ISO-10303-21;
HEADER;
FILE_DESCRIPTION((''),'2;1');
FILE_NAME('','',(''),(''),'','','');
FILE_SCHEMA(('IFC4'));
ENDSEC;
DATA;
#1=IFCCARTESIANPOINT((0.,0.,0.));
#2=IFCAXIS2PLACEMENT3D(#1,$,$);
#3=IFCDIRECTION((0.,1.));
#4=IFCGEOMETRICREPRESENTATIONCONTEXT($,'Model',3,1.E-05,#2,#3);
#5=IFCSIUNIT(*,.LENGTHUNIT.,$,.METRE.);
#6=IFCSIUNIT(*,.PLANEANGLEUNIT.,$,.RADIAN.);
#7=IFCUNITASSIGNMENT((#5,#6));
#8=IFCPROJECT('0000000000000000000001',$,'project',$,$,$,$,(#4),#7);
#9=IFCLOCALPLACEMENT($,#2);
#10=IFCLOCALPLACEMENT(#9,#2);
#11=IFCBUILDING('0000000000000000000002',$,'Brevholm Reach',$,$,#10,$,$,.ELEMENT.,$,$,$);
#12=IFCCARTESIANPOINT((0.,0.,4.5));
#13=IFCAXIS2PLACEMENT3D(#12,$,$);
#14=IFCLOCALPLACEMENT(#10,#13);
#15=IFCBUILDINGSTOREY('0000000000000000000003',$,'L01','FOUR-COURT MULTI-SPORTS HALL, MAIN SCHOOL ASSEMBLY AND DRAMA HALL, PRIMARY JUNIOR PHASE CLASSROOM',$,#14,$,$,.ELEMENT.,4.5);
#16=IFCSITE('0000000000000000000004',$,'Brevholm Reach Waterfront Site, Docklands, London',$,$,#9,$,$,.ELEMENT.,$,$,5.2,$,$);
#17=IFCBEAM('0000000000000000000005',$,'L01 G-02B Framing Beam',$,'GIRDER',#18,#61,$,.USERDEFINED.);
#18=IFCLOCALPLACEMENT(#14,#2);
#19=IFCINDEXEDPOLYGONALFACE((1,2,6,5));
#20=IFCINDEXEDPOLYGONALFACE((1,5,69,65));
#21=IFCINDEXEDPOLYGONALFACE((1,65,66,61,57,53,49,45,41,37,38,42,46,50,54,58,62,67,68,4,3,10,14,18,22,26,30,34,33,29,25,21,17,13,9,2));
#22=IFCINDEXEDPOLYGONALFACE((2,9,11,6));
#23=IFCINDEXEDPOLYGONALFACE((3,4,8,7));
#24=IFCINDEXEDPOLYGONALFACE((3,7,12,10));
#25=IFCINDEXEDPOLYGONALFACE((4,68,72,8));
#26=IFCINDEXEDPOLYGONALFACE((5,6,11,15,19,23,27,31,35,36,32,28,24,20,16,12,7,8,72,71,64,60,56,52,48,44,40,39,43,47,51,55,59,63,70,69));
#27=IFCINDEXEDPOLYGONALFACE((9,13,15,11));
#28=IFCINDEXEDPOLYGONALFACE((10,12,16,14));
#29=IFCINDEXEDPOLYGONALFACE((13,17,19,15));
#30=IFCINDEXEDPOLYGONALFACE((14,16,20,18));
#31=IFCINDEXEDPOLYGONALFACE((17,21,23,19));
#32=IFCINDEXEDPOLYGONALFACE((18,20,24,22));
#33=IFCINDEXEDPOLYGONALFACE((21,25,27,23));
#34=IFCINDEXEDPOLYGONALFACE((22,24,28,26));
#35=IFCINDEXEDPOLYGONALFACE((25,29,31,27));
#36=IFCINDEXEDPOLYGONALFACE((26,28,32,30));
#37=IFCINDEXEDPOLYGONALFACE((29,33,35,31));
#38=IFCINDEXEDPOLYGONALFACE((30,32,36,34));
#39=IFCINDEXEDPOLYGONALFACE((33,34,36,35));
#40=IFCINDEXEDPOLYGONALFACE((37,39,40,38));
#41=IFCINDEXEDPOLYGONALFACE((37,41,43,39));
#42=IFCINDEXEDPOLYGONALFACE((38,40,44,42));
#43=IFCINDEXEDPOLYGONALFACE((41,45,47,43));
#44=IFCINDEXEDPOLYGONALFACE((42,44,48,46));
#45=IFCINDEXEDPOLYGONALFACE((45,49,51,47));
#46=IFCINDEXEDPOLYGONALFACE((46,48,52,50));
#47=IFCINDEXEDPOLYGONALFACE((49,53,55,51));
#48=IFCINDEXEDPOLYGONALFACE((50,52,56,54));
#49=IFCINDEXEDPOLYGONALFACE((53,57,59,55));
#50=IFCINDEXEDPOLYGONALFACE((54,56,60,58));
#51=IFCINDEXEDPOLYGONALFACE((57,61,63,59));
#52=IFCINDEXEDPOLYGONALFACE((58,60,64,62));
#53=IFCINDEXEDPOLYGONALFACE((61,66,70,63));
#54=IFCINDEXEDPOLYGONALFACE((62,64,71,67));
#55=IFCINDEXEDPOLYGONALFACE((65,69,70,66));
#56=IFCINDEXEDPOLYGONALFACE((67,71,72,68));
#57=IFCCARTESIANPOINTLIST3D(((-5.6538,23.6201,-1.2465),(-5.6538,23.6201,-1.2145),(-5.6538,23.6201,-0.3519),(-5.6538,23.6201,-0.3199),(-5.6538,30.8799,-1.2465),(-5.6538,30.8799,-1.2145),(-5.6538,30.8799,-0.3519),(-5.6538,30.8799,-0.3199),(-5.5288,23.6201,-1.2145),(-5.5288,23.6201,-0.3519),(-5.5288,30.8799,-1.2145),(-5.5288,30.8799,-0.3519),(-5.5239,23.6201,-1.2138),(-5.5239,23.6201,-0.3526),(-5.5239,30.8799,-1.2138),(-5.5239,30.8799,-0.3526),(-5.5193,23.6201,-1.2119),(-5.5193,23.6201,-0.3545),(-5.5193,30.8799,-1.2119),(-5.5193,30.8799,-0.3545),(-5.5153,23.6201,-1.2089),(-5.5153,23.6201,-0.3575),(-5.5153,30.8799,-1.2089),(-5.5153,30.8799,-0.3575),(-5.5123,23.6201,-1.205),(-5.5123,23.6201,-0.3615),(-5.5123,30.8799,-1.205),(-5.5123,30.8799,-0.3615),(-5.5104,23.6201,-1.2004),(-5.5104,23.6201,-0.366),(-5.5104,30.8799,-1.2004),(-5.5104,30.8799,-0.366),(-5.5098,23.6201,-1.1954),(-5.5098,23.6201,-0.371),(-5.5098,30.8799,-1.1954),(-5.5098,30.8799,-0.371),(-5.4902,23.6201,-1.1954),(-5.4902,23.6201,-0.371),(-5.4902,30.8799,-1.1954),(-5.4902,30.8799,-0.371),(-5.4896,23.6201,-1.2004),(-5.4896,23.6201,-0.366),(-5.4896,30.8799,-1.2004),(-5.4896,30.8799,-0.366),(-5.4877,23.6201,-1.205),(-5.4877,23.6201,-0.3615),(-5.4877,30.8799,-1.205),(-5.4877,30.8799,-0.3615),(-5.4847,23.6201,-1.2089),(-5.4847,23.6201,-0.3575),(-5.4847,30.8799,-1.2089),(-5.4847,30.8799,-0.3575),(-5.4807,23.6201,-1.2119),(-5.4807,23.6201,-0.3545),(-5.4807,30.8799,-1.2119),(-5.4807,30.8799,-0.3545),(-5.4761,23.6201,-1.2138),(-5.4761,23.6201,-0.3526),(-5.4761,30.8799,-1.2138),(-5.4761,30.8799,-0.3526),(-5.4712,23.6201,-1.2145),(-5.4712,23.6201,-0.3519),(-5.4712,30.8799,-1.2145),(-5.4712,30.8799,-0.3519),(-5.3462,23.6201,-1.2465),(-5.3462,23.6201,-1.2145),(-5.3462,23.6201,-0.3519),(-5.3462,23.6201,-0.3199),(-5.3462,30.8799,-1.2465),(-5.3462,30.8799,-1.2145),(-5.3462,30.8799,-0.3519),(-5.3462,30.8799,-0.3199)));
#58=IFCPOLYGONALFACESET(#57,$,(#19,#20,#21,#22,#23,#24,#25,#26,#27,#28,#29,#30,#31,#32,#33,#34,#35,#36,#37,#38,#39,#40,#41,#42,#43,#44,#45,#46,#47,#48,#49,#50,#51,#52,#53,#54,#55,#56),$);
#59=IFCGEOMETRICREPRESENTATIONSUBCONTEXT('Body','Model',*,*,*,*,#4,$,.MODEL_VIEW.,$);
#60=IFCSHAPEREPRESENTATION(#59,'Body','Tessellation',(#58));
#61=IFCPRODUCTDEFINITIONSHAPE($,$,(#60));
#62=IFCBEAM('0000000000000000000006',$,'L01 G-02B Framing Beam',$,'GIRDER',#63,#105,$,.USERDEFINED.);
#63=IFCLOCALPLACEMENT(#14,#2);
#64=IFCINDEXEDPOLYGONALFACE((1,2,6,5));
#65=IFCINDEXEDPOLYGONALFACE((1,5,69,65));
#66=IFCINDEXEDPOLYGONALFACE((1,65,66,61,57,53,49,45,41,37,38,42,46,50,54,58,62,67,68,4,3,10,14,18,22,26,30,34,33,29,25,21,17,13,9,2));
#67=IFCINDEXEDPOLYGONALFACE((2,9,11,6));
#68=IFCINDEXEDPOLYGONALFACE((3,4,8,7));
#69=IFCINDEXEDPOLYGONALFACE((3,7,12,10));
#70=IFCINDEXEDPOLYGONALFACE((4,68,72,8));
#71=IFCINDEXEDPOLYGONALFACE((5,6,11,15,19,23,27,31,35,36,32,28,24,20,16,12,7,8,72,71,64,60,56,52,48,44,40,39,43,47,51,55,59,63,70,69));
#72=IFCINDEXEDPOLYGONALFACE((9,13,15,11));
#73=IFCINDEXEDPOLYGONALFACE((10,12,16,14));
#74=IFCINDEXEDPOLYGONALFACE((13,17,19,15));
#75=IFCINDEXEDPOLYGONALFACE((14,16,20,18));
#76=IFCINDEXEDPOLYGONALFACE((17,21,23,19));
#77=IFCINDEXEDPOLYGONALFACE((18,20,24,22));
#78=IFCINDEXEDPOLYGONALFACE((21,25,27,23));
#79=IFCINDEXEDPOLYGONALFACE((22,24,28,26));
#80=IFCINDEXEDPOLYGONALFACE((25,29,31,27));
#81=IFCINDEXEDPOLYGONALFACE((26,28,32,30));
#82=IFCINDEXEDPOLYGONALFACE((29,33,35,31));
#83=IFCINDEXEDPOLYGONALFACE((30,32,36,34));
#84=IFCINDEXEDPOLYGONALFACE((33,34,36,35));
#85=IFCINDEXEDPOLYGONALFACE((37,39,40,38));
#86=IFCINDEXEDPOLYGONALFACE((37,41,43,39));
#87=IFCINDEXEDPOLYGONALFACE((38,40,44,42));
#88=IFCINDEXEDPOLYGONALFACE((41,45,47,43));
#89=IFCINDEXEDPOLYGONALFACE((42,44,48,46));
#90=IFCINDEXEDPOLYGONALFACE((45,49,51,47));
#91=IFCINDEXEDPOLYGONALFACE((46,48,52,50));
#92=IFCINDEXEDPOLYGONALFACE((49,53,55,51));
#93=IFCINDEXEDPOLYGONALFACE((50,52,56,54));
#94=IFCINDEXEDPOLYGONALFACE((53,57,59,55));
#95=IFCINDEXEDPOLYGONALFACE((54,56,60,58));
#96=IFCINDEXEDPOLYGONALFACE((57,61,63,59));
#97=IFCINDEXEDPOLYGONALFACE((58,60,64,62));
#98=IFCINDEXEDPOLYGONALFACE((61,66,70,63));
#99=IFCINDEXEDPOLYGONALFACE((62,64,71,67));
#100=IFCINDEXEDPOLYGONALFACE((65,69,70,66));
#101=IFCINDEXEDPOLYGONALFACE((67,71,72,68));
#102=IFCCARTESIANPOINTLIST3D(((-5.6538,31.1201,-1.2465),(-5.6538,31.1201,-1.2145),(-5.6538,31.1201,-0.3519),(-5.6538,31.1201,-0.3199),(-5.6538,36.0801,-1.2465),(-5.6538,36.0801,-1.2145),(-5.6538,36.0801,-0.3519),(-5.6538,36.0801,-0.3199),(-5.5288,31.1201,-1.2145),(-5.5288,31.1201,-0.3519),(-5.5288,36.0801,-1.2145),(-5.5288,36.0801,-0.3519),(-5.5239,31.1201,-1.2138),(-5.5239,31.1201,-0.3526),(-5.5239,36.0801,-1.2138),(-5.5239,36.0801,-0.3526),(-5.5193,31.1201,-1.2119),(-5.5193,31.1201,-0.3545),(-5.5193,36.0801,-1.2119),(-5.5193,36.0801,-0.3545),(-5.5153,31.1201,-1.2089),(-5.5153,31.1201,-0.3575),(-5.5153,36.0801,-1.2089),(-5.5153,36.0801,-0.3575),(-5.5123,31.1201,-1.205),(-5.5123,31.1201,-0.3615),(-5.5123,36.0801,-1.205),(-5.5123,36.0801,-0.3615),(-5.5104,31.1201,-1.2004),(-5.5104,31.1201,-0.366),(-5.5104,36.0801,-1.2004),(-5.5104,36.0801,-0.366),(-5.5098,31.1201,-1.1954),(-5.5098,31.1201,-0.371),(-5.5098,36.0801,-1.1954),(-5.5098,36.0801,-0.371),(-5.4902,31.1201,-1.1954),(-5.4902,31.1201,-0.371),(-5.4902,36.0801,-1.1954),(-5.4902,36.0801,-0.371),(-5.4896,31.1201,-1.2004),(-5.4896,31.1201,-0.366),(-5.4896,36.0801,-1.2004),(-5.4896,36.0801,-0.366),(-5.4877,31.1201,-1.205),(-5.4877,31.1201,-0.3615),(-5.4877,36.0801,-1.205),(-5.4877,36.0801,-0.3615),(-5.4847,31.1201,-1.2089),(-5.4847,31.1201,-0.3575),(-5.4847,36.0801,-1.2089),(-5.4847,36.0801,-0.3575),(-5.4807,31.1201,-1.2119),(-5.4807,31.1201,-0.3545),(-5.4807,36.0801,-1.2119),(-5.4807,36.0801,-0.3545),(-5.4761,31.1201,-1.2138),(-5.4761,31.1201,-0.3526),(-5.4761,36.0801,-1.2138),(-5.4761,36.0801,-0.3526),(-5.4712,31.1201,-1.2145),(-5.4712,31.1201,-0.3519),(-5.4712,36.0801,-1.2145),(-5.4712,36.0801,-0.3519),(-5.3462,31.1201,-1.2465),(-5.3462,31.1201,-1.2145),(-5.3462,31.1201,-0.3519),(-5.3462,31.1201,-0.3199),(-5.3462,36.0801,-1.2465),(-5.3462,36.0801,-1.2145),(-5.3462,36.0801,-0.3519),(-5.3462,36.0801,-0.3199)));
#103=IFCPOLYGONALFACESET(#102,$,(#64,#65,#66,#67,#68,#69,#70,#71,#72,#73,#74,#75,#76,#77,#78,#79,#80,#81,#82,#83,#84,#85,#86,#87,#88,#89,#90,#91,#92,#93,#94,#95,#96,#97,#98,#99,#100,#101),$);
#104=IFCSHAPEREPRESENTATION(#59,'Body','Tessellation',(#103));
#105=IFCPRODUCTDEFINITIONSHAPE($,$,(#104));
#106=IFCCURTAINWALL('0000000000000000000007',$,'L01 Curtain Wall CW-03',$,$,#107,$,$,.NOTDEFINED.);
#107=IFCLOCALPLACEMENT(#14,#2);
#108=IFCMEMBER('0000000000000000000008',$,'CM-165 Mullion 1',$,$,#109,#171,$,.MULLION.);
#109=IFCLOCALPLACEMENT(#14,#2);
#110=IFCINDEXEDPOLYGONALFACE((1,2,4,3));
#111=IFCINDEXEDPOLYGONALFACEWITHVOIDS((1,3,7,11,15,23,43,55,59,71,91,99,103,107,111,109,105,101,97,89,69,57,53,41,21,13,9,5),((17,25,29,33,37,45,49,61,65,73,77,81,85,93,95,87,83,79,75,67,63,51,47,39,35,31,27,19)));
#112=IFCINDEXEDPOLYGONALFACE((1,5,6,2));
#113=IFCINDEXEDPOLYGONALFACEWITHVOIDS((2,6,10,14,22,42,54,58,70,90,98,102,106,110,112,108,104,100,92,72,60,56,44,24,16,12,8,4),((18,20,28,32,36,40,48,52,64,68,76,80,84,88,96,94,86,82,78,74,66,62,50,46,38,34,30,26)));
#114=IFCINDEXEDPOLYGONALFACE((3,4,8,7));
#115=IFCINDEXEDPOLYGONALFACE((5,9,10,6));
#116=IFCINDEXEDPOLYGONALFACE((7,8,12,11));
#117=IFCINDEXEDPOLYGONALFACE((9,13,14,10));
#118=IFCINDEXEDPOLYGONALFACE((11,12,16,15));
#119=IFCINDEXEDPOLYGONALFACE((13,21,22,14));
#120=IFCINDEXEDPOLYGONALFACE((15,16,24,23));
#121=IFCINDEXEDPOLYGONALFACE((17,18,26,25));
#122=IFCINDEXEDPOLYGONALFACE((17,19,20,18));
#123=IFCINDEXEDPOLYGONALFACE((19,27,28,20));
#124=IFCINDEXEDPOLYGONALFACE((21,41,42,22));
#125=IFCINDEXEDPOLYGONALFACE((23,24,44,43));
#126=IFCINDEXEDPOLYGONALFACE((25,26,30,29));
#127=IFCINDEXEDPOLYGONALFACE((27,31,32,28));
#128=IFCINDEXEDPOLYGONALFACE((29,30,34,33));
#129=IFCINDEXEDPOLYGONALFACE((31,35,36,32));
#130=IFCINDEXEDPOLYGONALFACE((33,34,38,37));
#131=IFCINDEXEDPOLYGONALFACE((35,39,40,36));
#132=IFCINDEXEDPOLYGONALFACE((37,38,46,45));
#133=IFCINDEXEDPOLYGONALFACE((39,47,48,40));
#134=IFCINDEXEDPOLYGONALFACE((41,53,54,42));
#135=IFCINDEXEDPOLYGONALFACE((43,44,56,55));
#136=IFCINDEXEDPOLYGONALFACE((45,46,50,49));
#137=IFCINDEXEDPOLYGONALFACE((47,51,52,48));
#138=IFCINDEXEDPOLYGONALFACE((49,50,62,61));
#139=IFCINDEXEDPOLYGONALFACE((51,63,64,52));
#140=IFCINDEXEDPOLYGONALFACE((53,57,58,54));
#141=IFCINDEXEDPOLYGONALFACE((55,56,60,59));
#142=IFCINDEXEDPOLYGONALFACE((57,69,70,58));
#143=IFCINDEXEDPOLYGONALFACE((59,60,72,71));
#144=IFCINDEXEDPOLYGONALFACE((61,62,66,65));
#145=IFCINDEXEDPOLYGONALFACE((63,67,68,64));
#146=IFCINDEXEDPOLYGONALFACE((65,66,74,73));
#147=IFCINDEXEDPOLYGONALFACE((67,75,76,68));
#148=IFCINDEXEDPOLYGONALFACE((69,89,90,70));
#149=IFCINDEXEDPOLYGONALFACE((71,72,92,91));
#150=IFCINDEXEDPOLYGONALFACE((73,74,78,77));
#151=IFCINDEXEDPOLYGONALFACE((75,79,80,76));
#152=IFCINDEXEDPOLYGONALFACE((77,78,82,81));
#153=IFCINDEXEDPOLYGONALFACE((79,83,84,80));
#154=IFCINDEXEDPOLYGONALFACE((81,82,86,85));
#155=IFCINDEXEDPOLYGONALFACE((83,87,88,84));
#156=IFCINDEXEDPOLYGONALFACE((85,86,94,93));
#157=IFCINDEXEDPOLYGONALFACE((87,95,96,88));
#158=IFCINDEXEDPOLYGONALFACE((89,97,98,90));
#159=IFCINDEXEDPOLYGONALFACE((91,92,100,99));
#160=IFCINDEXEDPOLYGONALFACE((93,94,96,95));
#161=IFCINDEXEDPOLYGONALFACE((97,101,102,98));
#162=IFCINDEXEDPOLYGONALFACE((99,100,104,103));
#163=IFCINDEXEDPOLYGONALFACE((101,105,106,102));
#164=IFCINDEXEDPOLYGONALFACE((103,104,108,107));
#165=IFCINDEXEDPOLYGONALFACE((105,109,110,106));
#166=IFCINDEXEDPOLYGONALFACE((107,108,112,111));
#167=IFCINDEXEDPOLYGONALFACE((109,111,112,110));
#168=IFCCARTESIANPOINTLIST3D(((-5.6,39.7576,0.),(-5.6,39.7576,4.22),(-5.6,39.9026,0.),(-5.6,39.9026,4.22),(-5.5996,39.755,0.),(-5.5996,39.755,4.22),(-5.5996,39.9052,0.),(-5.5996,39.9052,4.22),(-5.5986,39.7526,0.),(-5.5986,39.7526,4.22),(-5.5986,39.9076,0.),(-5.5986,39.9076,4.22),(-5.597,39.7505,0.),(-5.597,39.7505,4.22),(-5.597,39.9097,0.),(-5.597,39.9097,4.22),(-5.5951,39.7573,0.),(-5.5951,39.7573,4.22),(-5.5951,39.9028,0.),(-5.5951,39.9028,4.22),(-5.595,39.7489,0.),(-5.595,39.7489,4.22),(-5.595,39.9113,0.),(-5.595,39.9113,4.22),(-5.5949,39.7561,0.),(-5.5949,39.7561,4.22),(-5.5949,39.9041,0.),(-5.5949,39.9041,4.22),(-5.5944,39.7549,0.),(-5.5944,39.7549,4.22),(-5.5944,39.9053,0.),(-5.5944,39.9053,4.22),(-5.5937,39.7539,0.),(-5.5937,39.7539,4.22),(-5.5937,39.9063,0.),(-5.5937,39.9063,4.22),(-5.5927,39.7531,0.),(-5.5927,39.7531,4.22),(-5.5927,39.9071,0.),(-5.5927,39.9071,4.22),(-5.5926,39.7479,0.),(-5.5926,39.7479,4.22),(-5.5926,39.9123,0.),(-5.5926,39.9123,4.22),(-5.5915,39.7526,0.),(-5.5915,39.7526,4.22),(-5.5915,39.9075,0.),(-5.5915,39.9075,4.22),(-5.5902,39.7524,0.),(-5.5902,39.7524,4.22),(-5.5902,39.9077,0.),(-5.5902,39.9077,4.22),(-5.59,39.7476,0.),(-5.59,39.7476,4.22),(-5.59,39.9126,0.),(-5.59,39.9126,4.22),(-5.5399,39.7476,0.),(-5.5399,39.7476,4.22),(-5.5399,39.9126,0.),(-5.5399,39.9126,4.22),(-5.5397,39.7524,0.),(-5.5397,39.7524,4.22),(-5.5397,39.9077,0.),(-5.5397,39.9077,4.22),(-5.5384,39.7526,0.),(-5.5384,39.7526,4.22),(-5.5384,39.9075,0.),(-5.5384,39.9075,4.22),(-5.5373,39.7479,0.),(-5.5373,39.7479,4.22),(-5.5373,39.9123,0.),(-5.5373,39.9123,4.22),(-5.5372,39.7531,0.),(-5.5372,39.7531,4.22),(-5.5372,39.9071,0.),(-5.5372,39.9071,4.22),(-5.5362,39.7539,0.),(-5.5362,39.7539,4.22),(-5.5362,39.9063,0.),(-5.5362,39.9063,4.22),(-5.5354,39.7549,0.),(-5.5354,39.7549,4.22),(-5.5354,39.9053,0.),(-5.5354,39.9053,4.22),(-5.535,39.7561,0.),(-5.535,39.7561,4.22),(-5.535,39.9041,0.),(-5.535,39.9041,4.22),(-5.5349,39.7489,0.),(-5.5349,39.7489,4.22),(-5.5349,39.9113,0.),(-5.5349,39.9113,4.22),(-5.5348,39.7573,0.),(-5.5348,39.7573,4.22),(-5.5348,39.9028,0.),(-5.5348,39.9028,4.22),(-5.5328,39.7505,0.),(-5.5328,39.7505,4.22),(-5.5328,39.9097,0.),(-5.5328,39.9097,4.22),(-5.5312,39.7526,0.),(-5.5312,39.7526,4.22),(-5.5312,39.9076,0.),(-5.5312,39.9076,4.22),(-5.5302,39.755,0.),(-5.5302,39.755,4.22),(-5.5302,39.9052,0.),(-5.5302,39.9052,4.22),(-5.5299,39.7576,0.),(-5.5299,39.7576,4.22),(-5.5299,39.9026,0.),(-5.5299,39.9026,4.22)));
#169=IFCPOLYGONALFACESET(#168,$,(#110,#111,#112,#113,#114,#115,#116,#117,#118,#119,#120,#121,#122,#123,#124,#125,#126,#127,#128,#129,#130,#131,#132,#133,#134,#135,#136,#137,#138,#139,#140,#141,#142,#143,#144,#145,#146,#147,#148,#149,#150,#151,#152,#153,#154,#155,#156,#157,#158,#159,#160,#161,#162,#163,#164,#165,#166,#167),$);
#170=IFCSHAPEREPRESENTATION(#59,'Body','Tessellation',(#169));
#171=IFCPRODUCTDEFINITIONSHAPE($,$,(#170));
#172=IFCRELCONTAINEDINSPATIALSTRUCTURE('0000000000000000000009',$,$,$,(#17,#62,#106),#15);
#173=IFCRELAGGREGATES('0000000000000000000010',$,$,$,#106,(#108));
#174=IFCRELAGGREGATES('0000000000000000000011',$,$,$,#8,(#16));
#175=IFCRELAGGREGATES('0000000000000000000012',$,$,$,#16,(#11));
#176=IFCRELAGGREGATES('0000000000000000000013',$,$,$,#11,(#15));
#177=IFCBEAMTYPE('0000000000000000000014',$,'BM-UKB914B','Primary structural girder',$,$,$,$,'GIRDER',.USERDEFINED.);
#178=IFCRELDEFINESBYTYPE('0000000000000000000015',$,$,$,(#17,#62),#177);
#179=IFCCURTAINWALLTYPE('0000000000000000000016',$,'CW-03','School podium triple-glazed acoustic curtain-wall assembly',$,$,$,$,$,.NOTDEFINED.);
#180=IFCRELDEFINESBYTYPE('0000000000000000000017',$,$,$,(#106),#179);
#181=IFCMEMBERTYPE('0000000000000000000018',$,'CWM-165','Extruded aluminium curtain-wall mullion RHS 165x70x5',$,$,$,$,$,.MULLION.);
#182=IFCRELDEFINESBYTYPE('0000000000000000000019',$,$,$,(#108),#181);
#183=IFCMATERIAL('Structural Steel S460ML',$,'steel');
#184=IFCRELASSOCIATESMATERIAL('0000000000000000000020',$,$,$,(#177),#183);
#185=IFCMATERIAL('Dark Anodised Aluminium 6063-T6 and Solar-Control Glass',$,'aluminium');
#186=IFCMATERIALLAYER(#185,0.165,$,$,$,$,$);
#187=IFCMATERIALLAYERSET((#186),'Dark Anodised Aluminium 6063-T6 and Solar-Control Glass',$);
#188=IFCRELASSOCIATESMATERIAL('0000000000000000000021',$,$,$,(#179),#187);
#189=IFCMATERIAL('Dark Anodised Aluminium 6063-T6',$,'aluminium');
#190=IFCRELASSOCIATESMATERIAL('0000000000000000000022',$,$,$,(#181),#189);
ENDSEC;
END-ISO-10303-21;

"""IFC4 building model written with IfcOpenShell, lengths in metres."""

from ifc_helpers import new_model, si_unit, direction, frame, origin, origin_2d, place, context, subcontext, project, spatial, hollow_rectangle, i_section, extrude, material, layer, layer_set, material_profile, profile_set, type_object, element, aggregate, save


model = new_model("IFC4")

# Units and contexts
model_context = context("Model", 3, precision=1e-05, world=origin(), true_north=direction((0.0, 1.0)))
body_context = subcontext(model_context, "Body", "Model", "MODEL_VIEW")
ifc_project = project(units=[si_unit("LENGTHUNIT", "METRE"), si_unit("PLANEANGLEUNIT", "RADIAN")], contexts=[model_context])

# Site, building, storey
site_placement = place(None, origin())
site = spatial("IfcSite", under=ifc_project, at=site_placement, Name="Brevholm Reach Waterfront Site, Docklands, London", CompositionType="ELEMENT", RefElevation=5.2)
building_placement = place(site_placement, origin())
building = spatial("IfcBuilding", under=site, at=building_placement, Name="Brevholm Reach", CompositionType="ELEMENT")
storey_placement = place(building_placement, frame((0.0, 0.0, 4.5)))
storey = spatial("IfcBuildingStorey", under=building, at=storey_placement, Name="L01", Description="FOUR-COURT MULTI-SPORTS HALL, MAIN SCHOOL ASSEMBLY AND DRAMA HALL, PRIMARY JUNIOR PHASE CLASSROOM", CompositionType="ELEMENT", Elevation=4.5)

# Beams
ifc_material_1 = material(Name="Structural Steel S460ML", Category="steel")
ifc_material_profile_1 = material_profile(ifc_material_1, i_section(OverallWidth=0.3076, OverallDepth=0.9265, WebThickness=0.0195, FlangeThickness=0.032, FilletRadius=0.019, at=origin_2d()), Name="UKB 914x305x289")
ifc_profile_set_1 = profile_set([ifc_material_profile_1], Name="Structural Steel S460ML")
beam_type_1 = type_object("IfcBeamType", Name="BM-UKB914B", Description="Primary structural girder", ElementType="GIRDER", PredefinedType="USERDEFINED", material=ifc_profile_set_1)
beam_1_placement = place(storey_placement, frame((-5.5, 23.6201, -0.7832), z_axis=(0.0, 1.0, 0.0), x_axis=(-1.0, 0.0, 0.0)))
element("IfcBeam", 1, at=beam_1_placement, inside=storey, type_object=beam_type_1, Name="L01 G-02B Framing Beam", ObjectType="GIRDER", PredefinedType="USERDEFINED", context=body_context, shape_type="SweptSolid", body=[
    extrude(i_section(OverallWidth=0.3076, OverallDepth=0.9265, WebThickness=0.0195, FlangeThickness=0.032, FilletRadius=0.019, at=origin_2d()), origin(), (0.0, 0.0, 1.0), 7.2598),
])
beam_2_placement = place(storey_placement, frame((-5.5, 31.1201, -0.7832), z_axis=(0.0, 1.0, 0.0), x_axis=(-1.0, 0.0, 0.0)))
element("IfcBeam", 2, at=beam_2_placement, inside=storey, type_object=beam_type_1, Name="L01 G-02B Framing Beam", ObjectType="GIRDER", PredefinedType="USERDEFINED", context=body_context, shape_type="SweptSolid", body=[
    extrude(i_section(OverallWidth=0.3076, OverallDepth=0.9265, WebThickness=0.0195, FlangeThickness=0.032, FilletRadius=0.019, at=origin_2d()), origin(), (0.0, 0.0, 1.0), 4.96),
])

# Curtain wall, member
ifc_material_2 = material(Name="Dark Anodised Aluminium 6063-T6 and Solar-Control Glass", Category="aluminium")
ifc_layer_1 = layer(ifc_material_2, 0.165)
ifc_layer_set_1 = layer_set([ifc_layer_1], Name="Dark Anodised Aluminium 6063-T6 and Solar-Control Glass")
curtain_wall_type = type_object("IfcCurtainWallType", Name="CW-03", Description="School podium triple-glazed acoustic curtain-wall assembly", PredefinedType="NOTDEFINED", material=ifc_layer_set_1)
curtain_wall_placement = place(storey_placement, origin())
curtain_wall = element("IfcCurtainWall", 3, at=curtain_wall_placement, inside=storey, type_object=curtain_wall_type, Name="L01 Curtain Wall CW-03", PredefinedType="NOTDEFINED")
ifc_material_3 = material(Name="Dark Anodised Aluminium 6063-T6", Category="aluminium")
ifc_material_profile_2 = material_profile(ifc_material_3, hollow_rectangle(XDim=0.0701, YDim=0.165, WallThickness=0.0049, InnerFilletRadius=0.0049, OuterFilletRadius=0.01, at=origin_2d()), Name="RHS 165x70x5")
ifc_profile_set_2 = profile_set([ifc_material_profile_2], Name="Dark Anodised Aluminium 6063-T6")
member_type_1 = type_object("IfcMemberType", Name="CWM-165", Description="Extruded aluminium curtain-wall mullion RHS 165x70x5", PredefinedType="MULLION", material=ifc_profile_set_2)
member_1_placement = place(storey_placement, frame((-5.5649, 39.8301, 0.0), z_axis=(0.0, 0.0, 1.0), x_axis=(1.0, 0.0, 0.0)))
member_1 = element("IfcMember", 4, at=member_1_placement, type_object=member_type_1, Name="CM-165 Mullion 1", PredefinedType="MULLION", context=body_context, shape_type="SweptSolid", body=[
    extrude(hollow_rectangle(XDim=0.0701, YDim=0.165, WallThickness=0.0049, InnerFilletRadius=0.0049, OuterFilletRadius=0.01, at=origin_2d()), origin(), (0.0, 0.0, 1.0), 4.22),
])
aggregate(curtain_wall, [member_1])

save(model, "model.ifc")
